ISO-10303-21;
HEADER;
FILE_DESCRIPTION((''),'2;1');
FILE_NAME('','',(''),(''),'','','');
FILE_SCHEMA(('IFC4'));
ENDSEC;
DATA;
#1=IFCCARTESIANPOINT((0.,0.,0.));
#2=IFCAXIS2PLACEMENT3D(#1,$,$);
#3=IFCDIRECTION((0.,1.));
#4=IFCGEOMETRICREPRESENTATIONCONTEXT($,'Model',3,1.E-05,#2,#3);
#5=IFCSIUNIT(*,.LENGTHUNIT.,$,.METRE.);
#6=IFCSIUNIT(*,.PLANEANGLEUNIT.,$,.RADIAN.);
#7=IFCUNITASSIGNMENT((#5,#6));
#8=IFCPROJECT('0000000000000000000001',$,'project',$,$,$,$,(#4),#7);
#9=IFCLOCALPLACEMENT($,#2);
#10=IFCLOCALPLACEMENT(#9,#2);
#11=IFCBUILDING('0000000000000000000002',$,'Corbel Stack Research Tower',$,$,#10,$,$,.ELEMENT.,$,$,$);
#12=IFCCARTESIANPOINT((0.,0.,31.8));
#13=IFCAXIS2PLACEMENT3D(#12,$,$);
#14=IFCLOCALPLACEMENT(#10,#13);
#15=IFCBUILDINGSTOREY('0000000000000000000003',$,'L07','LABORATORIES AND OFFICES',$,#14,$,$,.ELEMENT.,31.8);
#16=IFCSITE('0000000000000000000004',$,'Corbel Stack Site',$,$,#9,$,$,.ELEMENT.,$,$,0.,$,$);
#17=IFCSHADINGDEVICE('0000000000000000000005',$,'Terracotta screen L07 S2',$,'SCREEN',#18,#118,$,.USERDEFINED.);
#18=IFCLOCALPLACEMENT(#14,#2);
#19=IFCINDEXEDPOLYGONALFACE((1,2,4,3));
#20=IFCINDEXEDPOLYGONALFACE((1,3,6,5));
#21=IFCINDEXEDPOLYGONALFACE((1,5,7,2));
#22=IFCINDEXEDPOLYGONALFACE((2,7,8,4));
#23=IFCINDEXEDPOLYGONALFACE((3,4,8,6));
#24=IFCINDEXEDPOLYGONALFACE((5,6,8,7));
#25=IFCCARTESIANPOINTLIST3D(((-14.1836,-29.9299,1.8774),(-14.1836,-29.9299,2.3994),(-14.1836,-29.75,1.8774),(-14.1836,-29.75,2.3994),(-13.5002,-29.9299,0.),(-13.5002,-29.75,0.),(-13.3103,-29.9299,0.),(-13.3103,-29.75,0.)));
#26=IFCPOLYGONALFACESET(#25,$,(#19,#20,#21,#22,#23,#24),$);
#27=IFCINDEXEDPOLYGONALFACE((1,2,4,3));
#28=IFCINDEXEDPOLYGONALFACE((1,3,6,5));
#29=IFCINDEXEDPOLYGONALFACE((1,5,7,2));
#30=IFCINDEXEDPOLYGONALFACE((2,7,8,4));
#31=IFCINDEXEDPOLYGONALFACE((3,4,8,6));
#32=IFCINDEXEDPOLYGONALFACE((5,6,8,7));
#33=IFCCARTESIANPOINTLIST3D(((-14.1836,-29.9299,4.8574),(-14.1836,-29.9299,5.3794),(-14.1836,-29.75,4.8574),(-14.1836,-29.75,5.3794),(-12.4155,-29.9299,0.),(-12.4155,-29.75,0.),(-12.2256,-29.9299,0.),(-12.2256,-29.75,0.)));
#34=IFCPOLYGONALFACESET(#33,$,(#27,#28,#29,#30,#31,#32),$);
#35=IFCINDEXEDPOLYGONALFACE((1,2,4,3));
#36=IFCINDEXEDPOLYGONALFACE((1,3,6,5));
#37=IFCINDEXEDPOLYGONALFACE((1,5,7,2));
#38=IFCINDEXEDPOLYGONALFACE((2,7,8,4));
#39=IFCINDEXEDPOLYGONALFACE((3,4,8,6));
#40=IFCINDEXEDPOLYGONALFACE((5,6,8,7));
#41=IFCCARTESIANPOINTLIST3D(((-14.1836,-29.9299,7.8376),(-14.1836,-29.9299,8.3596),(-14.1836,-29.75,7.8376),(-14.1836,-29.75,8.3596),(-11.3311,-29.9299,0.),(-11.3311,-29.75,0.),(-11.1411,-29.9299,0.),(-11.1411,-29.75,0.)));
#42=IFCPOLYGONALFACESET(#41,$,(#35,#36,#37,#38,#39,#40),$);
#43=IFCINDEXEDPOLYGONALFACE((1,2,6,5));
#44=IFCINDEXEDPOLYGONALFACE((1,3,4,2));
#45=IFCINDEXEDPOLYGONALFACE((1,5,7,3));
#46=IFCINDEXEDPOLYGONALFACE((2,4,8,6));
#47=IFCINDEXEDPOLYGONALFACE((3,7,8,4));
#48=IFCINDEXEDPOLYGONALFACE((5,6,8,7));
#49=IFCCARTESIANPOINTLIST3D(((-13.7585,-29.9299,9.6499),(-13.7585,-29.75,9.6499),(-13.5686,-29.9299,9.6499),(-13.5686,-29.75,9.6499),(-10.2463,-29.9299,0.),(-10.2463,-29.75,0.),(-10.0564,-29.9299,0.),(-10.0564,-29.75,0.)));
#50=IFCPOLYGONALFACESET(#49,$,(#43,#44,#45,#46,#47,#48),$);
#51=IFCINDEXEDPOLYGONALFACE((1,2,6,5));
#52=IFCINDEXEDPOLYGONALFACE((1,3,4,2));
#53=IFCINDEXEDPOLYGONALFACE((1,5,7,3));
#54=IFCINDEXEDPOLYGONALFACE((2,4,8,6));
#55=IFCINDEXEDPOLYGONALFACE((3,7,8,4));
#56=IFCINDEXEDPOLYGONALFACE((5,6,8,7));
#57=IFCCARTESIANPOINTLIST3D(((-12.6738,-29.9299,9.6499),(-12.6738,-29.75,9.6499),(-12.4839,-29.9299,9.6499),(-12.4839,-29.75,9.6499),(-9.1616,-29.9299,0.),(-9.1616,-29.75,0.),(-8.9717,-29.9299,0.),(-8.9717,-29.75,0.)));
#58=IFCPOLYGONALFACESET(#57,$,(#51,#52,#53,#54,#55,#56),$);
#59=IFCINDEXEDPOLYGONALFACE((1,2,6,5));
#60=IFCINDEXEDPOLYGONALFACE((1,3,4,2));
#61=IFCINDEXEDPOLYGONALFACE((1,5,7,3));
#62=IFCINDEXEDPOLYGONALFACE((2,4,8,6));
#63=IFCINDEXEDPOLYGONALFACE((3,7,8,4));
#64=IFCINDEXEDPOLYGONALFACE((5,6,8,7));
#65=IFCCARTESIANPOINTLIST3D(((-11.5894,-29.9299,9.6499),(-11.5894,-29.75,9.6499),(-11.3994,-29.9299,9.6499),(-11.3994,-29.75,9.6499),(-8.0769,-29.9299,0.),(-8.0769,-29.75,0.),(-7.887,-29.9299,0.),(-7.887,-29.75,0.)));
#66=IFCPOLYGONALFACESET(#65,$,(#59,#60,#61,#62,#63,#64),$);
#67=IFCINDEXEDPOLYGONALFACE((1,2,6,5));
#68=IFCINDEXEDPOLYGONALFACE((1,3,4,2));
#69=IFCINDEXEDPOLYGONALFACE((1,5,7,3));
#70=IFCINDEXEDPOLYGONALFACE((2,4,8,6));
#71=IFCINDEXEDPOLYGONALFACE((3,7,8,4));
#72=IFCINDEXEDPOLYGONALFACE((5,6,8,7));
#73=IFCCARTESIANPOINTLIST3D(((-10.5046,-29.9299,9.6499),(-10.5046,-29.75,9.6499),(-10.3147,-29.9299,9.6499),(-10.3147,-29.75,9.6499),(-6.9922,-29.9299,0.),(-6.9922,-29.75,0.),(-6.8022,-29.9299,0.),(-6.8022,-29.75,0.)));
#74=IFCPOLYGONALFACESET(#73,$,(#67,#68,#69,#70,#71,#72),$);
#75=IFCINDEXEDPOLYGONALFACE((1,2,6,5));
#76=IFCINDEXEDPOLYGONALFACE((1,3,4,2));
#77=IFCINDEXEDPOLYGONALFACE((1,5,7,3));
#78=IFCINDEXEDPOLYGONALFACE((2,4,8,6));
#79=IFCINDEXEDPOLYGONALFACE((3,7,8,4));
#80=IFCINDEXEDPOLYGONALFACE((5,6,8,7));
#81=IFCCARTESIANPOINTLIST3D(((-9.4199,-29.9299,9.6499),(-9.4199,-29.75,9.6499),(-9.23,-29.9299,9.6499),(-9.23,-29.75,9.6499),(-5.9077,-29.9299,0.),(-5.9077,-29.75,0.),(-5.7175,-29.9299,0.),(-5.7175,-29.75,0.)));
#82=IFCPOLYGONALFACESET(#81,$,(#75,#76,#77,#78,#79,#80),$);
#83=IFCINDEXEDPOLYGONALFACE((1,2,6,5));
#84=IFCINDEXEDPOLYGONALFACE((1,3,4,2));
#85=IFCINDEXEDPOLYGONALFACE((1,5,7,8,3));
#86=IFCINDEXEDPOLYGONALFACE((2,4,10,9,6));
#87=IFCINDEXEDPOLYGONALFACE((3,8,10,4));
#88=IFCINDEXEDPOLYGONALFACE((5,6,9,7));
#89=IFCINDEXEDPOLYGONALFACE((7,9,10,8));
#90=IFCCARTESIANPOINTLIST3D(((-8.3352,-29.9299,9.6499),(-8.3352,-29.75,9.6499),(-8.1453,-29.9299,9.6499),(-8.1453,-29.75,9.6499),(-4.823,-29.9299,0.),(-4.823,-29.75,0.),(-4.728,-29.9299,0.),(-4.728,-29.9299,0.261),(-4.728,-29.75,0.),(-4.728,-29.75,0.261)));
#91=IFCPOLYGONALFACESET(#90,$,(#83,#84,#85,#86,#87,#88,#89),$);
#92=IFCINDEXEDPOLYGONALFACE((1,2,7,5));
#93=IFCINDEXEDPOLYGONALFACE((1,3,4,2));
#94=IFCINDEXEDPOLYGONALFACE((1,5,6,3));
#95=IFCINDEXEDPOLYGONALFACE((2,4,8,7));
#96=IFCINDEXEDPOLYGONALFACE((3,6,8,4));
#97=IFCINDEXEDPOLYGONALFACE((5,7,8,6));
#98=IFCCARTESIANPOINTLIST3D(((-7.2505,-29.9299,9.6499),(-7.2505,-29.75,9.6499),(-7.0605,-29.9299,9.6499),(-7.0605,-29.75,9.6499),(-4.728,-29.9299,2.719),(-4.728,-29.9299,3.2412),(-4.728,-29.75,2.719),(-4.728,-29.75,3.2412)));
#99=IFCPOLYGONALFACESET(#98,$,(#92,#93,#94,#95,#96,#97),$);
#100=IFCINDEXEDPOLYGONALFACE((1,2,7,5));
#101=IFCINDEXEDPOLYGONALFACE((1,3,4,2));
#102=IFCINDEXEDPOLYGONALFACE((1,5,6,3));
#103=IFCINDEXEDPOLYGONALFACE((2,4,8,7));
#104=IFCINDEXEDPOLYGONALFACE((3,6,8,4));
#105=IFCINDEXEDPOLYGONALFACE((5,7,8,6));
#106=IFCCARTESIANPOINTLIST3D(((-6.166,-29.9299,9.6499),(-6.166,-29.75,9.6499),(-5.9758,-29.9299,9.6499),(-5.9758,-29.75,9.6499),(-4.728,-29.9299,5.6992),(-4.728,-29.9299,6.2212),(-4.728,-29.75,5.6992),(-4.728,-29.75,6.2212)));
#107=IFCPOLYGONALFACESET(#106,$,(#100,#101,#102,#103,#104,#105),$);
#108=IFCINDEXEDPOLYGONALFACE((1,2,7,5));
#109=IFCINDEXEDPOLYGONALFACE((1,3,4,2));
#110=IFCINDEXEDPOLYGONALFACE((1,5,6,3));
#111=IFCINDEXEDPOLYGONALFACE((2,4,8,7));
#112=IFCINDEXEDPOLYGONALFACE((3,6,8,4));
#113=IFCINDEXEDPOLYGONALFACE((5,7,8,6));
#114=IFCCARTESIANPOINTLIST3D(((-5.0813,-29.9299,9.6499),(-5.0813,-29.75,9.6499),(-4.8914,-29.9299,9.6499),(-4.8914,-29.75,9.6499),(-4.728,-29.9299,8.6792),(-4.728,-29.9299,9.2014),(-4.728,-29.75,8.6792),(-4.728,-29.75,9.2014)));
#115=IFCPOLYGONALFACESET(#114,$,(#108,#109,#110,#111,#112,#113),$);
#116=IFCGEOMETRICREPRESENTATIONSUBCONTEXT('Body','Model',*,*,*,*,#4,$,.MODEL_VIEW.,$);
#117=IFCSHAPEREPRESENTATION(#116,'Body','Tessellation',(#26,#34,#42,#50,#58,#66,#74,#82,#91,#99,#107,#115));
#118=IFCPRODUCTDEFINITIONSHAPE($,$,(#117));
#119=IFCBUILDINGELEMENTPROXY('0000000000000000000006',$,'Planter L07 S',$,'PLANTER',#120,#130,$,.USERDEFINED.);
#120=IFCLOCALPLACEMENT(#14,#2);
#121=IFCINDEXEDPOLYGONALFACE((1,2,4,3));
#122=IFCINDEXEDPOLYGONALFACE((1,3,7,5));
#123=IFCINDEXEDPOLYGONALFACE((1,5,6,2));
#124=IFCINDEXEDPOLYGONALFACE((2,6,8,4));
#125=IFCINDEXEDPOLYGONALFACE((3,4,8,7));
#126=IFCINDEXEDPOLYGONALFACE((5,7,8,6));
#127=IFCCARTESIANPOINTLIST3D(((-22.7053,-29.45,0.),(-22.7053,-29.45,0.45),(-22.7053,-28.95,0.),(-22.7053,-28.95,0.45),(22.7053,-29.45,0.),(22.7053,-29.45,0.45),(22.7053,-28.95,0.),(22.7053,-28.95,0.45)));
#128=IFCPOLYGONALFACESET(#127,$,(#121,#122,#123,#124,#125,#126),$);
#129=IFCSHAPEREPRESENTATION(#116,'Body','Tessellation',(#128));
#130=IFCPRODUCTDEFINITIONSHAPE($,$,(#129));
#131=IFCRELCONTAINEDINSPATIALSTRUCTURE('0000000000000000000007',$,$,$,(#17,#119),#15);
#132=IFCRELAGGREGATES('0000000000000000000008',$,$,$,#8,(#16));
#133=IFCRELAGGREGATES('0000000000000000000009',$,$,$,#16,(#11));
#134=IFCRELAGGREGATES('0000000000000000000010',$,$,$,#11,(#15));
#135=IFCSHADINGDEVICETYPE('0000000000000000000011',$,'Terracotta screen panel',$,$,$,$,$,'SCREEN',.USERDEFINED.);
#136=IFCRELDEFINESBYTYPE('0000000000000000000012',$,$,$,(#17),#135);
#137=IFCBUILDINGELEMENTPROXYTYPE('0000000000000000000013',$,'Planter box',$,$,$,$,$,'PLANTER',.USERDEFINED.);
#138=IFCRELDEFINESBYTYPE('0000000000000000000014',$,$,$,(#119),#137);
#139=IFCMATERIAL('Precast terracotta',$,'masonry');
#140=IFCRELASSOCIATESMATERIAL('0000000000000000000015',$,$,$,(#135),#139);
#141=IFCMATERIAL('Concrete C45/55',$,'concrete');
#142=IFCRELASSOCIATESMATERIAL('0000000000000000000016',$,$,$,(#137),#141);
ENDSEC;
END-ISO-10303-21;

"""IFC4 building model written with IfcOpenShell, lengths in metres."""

from ifc_helpers import new_model, si_unit, direction, frame, origin, origin_2d, place, context, subcontext, project, spatial, polyline, rectangle, outline, extrude, source, transform, mapped, material, type_object, element, save


model = new_model("IFC4")

# Units and contexts
model_context = context("Model", 3, precision=1e-05, world=origin(), true_north=direction((0.0, 1.0)))
body_context = subcontext(model_context, "Body", "Model", "MODEL_VIEW")
ifc_project = project(units=[si_unit("LENGTHUNIT", "METRE"), si_unit("PLANEANGLEUNIT", "RADIAN")], contexts=[model_context])

# Site, building, storey
site_placement = place(None, origin())
site = spatial("IfcSite", under=ifc_project, at=site_placement, Name="Corbel Stack Site", CompositionType="ELEMENT", RefElevation=0.0)
building_placement = place(site_placement, origin())
building = spatial("IfcBuilding", under=site, at=building_placement, Name="Corbel Stack Research Tower", CompositionType="ELEMENT")
storey_placement = place(building_placement, frame((0.0, 0.0, 31.8)))
storey = spatial("IfcBuildingStorey", under=building, at=storey_placement, Name="L07", Description="LABORATORIES AND OFFICES", CompositionType="ELEMENT", Elevation=31.8)

# Shading device
ifc_material_1 = material(Name="Precast terracotta", Category="masonry")
shading_device_type = type_object("IfcShadingDeviceType", Name="Terracotta screen panel", ElementType="SCREEN", PredefinedType="USERDEFINED", material=ifc_material_1)
shared_shape_1 = source(origin(), body_context, "Body", "SweptSolid", [
    extrude(outline(polyline([(0.8733, 0.0), (0.0, 2.3994), (0.0, 1.8774), (0.6833, 0.0), (0.8733, 0.0)])), frame((0.0, 0.0, 0.0), z_axis=(0.0, -1.0, 0.0), x_axis=(1.0, 0.0, 0.0)), (0.0, 0.0, 1.0), 0.1799),
    extrude(outline(polyline([(1.958, 0.0), (0.0, 5.3794), (0.0, 4.8574), (1.7681, 0.0), (1.958, 0.0)])), frame((0.0, 0.0, 0.0), z_axis=(0.0, -1.0, 0.0), x_axis=(1.0, 0.0, 0.0)), (0.0, 0.0, 1.0), 0.1799),
    extrude(outline(polyline([(3.0425, 0.0), (0.0, 8.3596), (0.0, 7.8376), (2.8525, 0.0), (3.0425, 0.0)])), frame((0.0, 0.0, 0.0), z_axis=(0.0, -1.0, 0.0), x_axis=(1.0, 0.0, 0.0)), (0.0, 0.0, 1.0), 0.1799),
    extrude(outline(polyline([(4.1272, 0.0), (0.615, 9.6499), (0.425, 9.6499), (3.9373, 0.0), (4.1272, 0.0)])), frame((0.0, 0.0, 0.0), z_axis=(0.0, -1.0, 0.0), x_axis=(1.0, 0.0, 0.0)), (0.0, 0.0, 1.0), 0.1799),
    extrude(outline(polyline([(5.2119, 0.0), (1.6997, 9.6499), (1.5098, 9.6499), (5.022, 0.0), (5.2119, 0.0)])), frame((0.0, 0.0, 0.0), z_axis=(0.0, -1.0, 0.0), x_axis=(1.0, 0.0, 0.0)), (0.0, 0.0, 1.0), 0.1799),
    extrude(outline(polyline([(6.2966, 0.0), (2.7842, 9.6499), (2.5942, 9.6499), (6.1067, 0.0), (6.2966, 0.0)])), frame((0.0, 0.0, 0.0), z_axis=(0.0, -1.0, 0.0), x_axis=(1.0, 0.0, 0.0)), (0.0, 0.0, 1.0), 0.1799),
    extrude(outline(polyline([(7.3813, 0.0), (3.8689, 9.6499), (3.679, 9.6499), (7.1914, 0.0), (7.3813, 0.0)])), frame((0.0, 0.0, 0.0), z_axis=(0.0, -1.0, 0.0), x_axis=(1.0, 0.0, 0.0)), (0.0, 0.0, 1.0), 0.1799),
    extrude(outline(polyline([(8.4661, 0.0), (4.9536, 9.6499), (4.7637, 9.6499), (8.2759, 0.0), (8.4661, 0.0)])), frame((0.0, 0.0, 0.0), z_axis=(0.0, -1.0, 0.0), x_axis=(1.0, 0.0, 0.0)), (0.0, 0.0, 1.0), 0.1799),
    extrude(outline(polyline([(9.4556, 0.0), (9.4556, 0.261), (6.0383, 9.6499), (5.8484, 9.6499), (9.3606, 0.0), (9.4556, 0.0)])), frame((0.0, 0.0, 0.0), z_axis=(0.0, -1.0, 0.0), x_axis=(1.0, 0.0, 0.0)), (0.0, 0.0, 1.0), 0.1799),
    extrude(outline(polyline([(7.123, 9.6499), (6.9331, 9.6499), (9.4556, 2.719), (9.4556, 3.2412), (7.123, 9.6499)])), frame((0.0, 0.0, 0.0), z_axis=(0.0, -1.0, 0.0), x_axis=(1.0, 0.0, 0.0)), (0.0, 0.0, 1.0), 0.1799),
    extrude(outline(polyline([(8.2078, 9.6499), (8.0176, 9.6499), (9.4556, 5.6992), (9.4556, 6.2212), (8.2078, 9.6499)])), frame((0.0, 0.0, 0.0), z_axis=(0.0, -1.0, 0.0), x_axis=(1.0, 0.0, 0.0)), (0.0, 0.0, 1.0), 0.1799),
    extrude(outline(polyline([(9.2922, 9.6499), (9.1023, 9.6499), (9.4556, 8.6792), (9.4556, 9.2014), (9.2922, 9.6499)])), frame((0.0, 0.0, 0.0), z_axis=(0.0, -1.0, 0.0), x_axis=(1.0, 0.0, 0.0)), (0.0, 0.0, 1.0), 0.1799),
])
shading_device_1_placement = place(storey_placement, frame((-14.1836, -29.75, 0.0), z_axis=(0.0, 0.0, 1.0), x_axis=(1.0, 0.0, 0.0)))
element("IfcShadingDevice", 1, at=shading_device_1_placement, inside=storey, type_object=shading_device_type, Name="Terracotta screen L07 S2", ObjectType="SCREEN", PredefinedType="USERDEFINED", context=body_context, shape_type="MappedRepresentation", body=[
    mapped(shared_shape_1, transform((0.0, 0.0, 0.0))),
])

# Building element proxy
ifc_material_2 = material(Name="Concrete C45/55", Category="concrete")
building_element_proxy_type = type_object("IfcBuildingElementProxyType", Name="Planter box", ElementType="PLANTER", PredefinedType="USERDEFINED", material=ifc_material_2)
proxy_placement = place(storey_placement, frame((0.0, -29.2, 0.0), z_axis=(0.0, 0.0, 1.0), x_axis=(1.0, 0.0, 0.0)))
element("IfcBuildingElementProxy", 2, at=proxy_placement, inside=storey, type_object=building_element_proxy_type, Name="Planter L07 S", ObjectType="PLANTER", PredefinedType="USERDEFINED", context=body_context, shape_type="SweptSolid", body=[
    extrude(rectangle(XDim=45.4106, YDim=0.5, at=origin_2d()), origin(), (0.0, 0.0, 1.0), 0.45),
])

save(model, "model.ifc")
